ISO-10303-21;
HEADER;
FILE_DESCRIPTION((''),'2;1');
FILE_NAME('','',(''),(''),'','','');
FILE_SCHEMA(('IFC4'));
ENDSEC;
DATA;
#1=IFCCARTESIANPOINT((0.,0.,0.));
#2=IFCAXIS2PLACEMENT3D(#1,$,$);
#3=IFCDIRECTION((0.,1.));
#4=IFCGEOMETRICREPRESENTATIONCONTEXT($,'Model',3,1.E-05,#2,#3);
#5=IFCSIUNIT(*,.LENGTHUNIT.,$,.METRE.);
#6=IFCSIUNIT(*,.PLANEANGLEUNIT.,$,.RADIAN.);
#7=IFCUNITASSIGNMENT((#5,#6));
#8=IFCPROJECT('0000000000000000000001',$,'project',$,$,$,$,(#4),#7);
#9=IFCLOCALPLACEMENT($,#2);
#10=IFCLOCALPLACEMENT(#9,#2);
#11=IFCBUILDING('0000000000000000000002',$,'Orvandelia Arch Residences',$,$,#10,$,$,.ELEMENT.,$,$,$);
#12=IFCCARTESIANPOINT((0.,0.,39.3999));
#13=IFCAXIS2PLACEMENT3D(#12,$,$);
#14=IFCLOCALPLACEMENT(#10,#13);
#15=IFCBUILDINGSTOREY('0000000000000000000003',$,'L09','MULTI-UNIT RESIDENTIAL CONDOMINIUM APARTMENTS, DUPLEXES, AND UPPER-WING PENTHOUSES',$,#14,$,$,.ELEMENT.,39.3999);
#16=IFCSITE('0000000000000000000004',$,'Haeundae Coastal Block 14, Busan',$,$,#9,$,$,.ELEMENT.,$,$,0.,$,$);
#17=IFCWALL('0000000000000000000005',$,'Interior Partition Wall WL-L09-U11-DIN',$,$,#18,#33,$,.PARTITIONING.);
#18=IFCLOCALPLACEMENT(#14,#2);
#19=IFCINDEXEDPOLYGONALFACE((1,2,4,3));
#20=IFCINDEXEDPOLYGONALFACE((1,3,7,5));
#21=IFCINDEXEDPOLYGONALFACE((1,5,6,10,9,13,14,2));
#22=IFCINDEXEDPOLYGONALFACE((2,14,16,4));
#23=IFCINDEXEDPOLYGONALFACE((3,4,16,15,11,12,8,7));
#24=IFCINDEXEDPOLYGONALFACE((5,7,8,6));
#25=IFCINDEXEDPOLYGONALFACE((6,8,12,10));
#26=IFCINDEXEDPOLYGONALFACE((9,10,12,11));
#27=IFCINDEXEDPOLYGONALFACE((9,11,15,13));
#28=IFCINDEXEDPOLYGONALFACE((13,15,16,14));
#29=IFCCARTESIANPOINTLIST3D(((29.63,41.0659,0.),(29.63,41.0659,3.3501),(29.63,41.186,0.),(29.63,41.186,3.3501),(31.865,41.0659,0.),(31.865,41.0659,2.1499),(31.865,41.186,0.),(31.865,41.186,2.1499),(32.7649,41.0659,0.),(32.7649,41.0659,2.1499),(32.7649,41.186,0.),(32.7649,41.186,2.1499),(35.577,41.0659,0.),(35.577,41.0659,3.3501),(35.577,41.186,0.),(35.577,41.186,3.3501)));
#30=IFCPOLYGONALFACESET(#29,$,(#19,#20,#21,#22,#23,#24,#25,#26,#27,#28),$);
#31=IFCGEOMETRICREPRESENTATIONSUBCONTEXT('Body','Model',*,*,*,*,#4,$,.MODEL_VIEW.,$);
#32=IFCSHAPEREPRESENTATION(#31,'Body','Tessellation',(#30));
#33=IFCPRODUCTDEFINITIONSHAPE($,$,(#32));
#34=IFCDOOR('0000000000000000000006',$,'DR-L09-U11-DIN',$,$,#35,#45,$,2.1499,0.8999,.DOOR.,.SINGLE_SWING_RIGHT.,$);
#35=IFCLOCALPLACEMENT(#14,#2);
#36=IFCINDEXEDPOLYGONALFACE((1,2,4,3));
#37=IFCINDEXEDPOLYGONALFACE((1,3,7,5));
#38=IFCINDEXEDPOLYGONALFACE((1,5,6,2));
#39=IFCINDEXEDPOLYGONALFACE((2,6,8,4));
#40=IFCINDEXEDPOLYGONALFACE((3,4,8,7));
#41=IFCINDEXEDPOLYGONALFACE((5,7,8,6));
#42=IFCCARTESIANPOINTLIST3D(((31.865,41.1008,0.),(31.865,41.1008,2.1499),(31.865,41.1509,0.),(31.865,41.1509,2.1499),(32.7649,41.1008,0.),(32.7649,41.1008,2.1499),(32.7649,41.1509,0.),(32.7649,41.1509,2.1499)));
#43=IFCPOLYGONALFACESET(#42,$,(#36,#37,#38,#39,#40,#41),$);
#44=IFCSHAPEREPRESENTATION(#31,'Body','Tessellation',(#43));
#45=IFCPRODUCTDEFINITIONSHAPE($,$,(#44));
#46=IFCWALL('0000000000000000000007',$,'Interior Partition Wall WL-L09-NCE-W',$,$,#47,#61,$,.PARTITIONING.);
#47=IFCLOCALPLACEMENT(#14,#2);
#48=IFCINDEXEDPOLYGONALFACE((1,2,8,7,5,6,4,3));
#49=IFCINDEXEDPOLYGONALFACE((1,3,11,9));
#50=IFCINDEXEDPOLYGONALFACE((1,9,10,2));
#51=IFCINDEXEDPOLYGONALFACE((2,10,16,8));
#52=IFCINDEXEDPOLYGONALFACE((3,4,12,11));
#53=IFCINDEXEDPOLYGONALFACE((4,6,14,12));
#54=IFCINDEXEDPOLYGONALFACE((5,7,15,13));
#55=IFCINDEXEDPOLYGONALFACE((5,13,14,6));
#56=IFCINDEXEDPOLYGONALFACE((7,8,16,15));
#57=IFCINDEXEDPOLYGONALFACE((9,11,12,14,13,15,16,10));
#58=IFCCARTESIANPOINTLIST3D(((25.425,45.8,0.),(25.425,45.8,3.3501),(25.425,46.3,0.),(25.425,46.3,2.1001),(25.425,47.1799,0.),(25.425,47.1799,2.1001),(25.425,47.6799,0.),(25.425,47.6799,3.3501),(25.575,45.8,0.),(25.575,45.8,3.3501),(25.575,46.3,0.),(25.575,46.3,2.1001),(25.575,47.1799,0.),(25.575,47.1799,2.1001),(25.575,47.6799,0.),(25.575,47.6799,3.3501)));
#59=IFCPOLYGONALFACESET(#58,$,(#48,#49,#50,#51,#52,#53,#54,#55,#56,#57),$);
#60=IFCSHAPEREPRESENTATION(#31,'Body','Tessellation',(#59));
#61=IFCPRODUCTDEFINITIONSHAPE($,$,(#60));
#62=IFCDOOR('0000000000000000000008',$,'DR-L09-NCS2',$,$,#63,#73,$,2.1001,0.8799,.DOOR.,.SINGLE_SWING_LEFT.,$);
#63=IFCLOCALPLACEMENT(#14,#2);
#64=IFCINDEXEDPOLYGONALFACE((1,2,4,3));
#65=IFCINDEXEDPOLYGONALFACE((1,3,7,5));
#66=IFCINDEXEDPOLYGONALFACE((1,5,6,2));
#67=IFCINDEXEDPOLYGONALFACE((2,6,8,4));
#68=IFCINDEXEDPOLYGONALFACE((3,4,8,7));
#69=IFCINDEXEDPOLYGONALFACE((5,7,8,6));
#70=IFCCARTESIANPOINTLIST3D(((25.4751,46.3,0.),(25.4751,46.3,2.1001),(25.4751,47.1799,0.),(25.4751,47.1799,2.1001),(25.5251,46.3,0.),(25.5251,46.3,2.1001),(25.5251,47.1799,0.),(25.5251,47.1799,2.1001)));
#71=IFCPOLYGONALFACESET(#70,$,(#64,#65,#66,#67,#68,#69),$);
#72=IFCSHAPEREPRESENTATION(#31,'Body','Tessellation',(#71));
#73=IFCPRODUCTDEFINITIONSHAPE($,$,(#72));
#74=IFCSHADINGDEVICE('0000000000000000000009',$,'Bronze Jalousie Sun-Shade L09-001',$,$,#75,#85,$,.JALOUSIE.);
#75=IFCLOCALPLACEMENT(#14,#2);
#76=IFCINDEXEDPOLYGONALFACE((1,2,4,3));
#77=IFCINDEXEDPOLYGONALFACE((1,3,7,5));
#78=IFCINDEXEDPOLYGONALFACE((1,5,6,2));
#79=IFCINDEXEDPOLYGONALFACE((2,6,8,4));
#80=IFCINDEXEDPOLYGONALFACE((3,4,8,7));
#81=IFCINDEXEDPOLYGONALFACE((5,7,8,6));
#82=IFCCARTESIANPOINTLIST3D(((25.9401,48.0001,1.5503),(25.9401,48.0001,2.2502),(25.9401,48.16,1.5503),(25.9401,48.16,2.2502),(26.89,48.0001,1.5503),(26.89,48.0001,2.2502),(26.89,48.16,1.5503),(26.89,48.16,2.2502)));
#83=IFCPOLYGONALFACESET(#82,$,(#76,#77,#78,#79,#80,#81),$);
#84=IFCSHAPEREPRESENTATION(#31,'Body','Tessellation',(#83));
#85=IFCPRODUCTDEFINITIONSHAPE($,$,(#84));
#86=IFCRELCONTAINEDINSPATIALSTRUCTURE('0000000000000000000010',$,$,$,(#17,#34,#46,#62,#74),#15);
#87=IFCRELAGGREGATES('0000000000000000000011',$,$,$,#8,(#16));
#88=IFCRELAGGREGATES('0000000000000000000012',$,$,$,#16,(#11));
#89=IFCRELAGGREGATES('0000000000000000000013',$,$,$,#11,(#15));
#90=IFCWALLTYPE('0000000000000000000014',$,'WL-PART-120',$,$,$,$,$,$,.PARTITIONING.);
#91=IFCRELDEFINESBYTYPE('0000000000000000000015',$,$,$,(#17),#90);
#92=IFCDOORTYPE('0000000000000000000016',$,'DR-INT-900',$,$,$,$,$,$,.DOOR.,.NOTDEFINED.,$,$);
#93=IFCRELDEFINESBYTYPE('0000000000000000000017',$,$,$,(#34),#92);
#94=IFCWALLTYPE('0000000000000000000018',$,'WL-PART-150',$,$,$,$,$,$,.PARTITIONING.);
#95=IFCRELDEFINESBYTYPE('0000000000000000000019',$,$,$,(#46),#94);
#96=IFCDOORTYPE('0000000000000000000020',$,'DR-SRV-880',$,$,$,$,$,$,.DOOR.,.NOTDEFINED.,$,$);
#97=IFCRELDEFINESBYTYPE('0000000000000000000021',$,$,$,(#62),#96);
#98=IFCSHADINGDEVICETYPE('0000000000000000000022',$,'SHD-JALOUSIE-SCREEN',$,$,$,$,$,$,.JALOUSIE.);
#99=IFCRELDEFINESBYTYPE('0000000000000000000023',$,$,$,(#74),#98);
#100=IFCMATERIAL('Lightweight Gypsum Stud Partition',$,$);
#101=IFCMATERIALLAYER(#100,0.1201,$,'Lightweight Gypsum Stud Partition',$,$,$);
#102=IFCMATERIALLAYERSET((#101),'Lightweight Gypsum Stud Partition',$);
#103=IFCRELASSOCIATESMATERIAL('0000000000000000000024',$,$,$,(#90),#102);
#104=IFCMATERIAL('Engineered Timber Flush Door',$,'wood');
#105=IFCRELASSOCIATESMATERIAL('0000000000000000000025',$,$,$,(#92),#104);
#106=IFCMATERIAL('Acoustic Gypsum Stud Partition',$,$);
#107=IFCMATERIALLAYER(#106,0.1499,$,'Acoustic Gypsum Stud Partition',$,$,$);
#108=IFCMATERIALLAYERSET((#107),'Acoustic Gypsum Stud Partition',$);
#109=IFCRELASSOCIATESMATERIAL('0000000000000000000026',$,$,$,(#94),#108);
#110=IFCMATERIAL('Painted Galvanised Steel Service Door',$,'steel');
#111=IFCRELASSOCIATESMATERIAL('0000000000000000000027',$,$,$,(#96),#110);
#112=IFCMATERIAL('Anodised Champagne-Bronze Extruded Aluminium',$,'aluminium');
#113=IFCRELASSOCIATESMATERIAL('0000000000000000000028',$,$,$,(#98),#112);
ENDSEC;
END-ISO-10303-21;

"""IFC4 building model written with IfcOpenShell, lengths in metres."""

from ifc_helpers import new_model, si_unit, direction, frame, frame_2d, origin, origin_2d, place, context, subcontext, project, spatial, rectangle, extrude, material, layer, layer_set, type_object, element, fill, save


model = new_model("IFC4")

# Units and contexts
model_context = context("Model", 3, precision=1e-05, world=origin(), true_north=direction((0.0, 1.0)))
body_context = subcontext(model_context, "Body", "Model", "MODEL_VIEW")
ifc_project = project(units=[si_unit("LENGTHUNIT", "METRE"), si_unit("PLANEANGLEUNIT", "RADIAN")], contexts=[model_context])

# Site, building, storey
site_placement = place(None, origin())
site = spatial("IfcSite", under=ifc_project, at=site_placement, Name="Haeundae Coastal Block 14, Busan", CompositionType="ELEMENT", RefElevation=0.0)
building_placement = place(site_placement, origin())
building = spatial("IfcBuilding", under=site, at=building_placement, Name="Orvandelia Arch Residences", CompositionType="ELEMENT")
storey_placement = place(building_placement, frame((0.0, 0.0, 39.3999)))
storey = spatial("IfcBuildingStorey", under=building, at=storey_placement, Name="L09", Description="MULTI-UNIT RESIDENTIAL CONDOMINIUM APARTMENTS, DUPLEXES, AND UPPER-WING PENTHOUSES", CompositionType="ELEMENT", Elevation=39.3999)

# Walls, openings, doors
ifc_material_1 = material(Name="Lightweight Gypsum Stud Partition")
ifc_layer_1 = layer(ifc_material_1, 0.1201, Name="Lightweight Gypsum Stud Partition")
ifc_layer_set_1 = layer_set([ifc_layer_1], Name="Lightweight Gypsum Stud Partition")
wall_type_1 = type_object("IfcWallType", Name="WL-PART-120", PredefinedType="PARTITIONING", material=ifc_layer_set_1)
wall_1_placement = place(storey_placement, frame((29.6299, 41.126, 0.0), z_axis=(0.0, 0.0, 1.0), x_axis=(1.0, 0.0, 0.0)))
wall_1 = element("IfcWall", 1, at=wall_1_placement, inside=storey, type_object=wall_type_1, Name="Interior Partition Wall WL-L09-U11-DIN", PredefinedType="PARTITIONING", context=body_context, shape_type="SweptSolid", body=[
    extrude(rectangle(XDim=5.947, YDim=0.1201, at=frame_2d((2.9736, 0.0))), origin(), (0.0, 0.0, 1.0), 3.3501),
])
opening_1_placement = place(wall_1_placement, frame((2.2351, 0.0, 0.0)))
opening_1 = element("IfcOpeningElement", 2, at=opening_1_placement, cuts=wall_1, PredefinedType="OPENING", context=body_context, shape_type="SweptSolid", body=[
    extrude(rectangle(XDim=0.8999, YDim=2.1499, at=frame_2d((0.45, 1.075))), frame((0.0, 0.0701, 0.0), z_axis=(0.0, -1.0, 0.0), x_axis=(1.0, 0.0, 0.0)), (0.0, 0.0, 1.0), 0.1401),
])
ifc_material_2 = material(Name="Engineered Timber Flush Door", Category="wood")
door_type_1 = type_object("IfcDoorType", Name="DR-INT-900", OperationType="NOTDEFINED", PredefinedType="DOOR", material=ifc_material_2)
door_1_placement = place(opening_1_placement, origin())
door_1 = element("IfcDoor", 3, at=door_1_placement, inside=storey, type_object=door_type_1, Name="DR-L09-U11-DIN", OperationType="SINGLE_SWING_RIGHT", OverallHeight=2.1499, OverallWidth=0.8999, PredefinedType="DOOR", context=body_context, shape_type="SweptSolid", body=[
    extrude(rectangle(XDim=0.8999, YDim=2.1499, at=frame_2d((0.45, 1.075))), frame((0.0, 0.0249, 0.0), z_axis=(0.0, -1.0, 0.0), x_axis=(1.0, 0.0, 0.0)), (0.0, 0.0, 1.0), 0.05),
])
fill(opening_1, door_1)
ifc_material_3 = material(Name="Acoustic Gypsum Stud Partition")
ifc_layer_2 = layer(ifc_material_3, 0.1499, Name="Acoustic Gypsum Stud Partition")
ifc_layer_set_2 = layer_set([ifc_layer_2], Name="Acoustic Gypsum Stud Partition")
wall_type_2 = type_object("IfcWallType", Name="WL-PART-150", PredefinedType="PARTITIONING", material=ifc_layer_set_2)
wall_2_placement = place(storey_placement, frame((25.5, 45.8, 0.0), z_axis=(0.0, 0.0, 1.0), x_axis=(0.0, 1.0, 0.0)))
wall_2 = element("IfcWall", 4, at=wall_2_placement, inside=storey, type_object=wall_type_2, Name="Interior Partition Wall WL-L09-NCE-W", PredefinedType="PARTITIONING", context=body_context, shape_type="SweptSolid", body=[
    extrude(rectangle(XDim=1.8799, YDim=0.1499, at=frame_2d((0.9399, 0.0))), origin(), (0.0, 0.0, 1.0), 3.3501),
])
opening_2_placement = place(wall_2_placement, frame((0.5, 0.0, 0.0)))
opening_2 = element("IfcOpeningElement", 5, at=opening_2_placement, cuts=wall_2, PredefinedType="OPENING", context=body_context, shape_type="SweptSolid", body=[
    extrude(rectangle(XDim=0.8799, YDim=2.1001, at=frame_2d((0.4399, 1.05))), frame((0.0, 0.085, 0.0), z_axis=(0.0, -1.0, 0.0), x_axis=(1.0, 0.0, 0.0)), (0.0, 0.0, 1.0), 0.1699),
])
ifc_material_4 = material(Name="Painted Galvanised Steel Service Door", Category="steel")
door_type_2 = type_object("IfcDoorType", Name="DR-SRV-880", OperationType="NOTDEFINED", PredefinedType="DOOR", material=ifc_material_4)
door_2_placement = place(opening_2_placement, origin())
door_2 = element("IfcDoor", 6, at=door_2_placement, inside=storey, type_object=door_type_2, Name="DR-L09-NCS2", OperationType="SINGLE_SWING_LEFT", OverallHeight=2.1001, OverallWidth=0.8799, PredefinedType="DOOR", context=body_context, shape_type="SweptSolid", body=[
    extrude(rectangle(XDim=0.8799, YDim=2.1001, at=frame_2d((0.4399, 1.05))), frame((0.0, 0.0249, 0.0), z_axis=(0.0, -1.0, 0.0), x_axis=(1.0, 0.0, 0.0)), (0.0, 0.0, 1.0), 0.05),
])
fill(opening_2, door_2)

# Shading device
ifc_material_5 = material(Name="Anodised Champagne-Bronze Extruded Aluminium", Category="aluminium")
shading_device_type = type_object("IfcShadingDeviceType", Name="SHD-JALOUSIE-SCREEN", PredefinedType="JALOUSIE", material=ifc_material_5)
shading_device_placement = place(storey_placement, frame((26.415, 48.0801, 1.5503), z_axis=(0.0, 0.0, 1.0), x_axis=(1.0, 0.0, 0.0)))
element("IfcShadingDevice", 7, at=shading_device_placement, inside=storey, type_object=shading_device_type, Name="Bronze Jalousie Sun-Shade L09-001", PredefinedType="JALOUSIE", context=body_context, shape_type="SweptSolid", body=[
    extrude(rectangle(XDim=0.95, YDim=0.1599, at=origin_2d()), origin(), (0.0, 0.0, 1.0), 0.7),
])

save(model, "model.ifc")
